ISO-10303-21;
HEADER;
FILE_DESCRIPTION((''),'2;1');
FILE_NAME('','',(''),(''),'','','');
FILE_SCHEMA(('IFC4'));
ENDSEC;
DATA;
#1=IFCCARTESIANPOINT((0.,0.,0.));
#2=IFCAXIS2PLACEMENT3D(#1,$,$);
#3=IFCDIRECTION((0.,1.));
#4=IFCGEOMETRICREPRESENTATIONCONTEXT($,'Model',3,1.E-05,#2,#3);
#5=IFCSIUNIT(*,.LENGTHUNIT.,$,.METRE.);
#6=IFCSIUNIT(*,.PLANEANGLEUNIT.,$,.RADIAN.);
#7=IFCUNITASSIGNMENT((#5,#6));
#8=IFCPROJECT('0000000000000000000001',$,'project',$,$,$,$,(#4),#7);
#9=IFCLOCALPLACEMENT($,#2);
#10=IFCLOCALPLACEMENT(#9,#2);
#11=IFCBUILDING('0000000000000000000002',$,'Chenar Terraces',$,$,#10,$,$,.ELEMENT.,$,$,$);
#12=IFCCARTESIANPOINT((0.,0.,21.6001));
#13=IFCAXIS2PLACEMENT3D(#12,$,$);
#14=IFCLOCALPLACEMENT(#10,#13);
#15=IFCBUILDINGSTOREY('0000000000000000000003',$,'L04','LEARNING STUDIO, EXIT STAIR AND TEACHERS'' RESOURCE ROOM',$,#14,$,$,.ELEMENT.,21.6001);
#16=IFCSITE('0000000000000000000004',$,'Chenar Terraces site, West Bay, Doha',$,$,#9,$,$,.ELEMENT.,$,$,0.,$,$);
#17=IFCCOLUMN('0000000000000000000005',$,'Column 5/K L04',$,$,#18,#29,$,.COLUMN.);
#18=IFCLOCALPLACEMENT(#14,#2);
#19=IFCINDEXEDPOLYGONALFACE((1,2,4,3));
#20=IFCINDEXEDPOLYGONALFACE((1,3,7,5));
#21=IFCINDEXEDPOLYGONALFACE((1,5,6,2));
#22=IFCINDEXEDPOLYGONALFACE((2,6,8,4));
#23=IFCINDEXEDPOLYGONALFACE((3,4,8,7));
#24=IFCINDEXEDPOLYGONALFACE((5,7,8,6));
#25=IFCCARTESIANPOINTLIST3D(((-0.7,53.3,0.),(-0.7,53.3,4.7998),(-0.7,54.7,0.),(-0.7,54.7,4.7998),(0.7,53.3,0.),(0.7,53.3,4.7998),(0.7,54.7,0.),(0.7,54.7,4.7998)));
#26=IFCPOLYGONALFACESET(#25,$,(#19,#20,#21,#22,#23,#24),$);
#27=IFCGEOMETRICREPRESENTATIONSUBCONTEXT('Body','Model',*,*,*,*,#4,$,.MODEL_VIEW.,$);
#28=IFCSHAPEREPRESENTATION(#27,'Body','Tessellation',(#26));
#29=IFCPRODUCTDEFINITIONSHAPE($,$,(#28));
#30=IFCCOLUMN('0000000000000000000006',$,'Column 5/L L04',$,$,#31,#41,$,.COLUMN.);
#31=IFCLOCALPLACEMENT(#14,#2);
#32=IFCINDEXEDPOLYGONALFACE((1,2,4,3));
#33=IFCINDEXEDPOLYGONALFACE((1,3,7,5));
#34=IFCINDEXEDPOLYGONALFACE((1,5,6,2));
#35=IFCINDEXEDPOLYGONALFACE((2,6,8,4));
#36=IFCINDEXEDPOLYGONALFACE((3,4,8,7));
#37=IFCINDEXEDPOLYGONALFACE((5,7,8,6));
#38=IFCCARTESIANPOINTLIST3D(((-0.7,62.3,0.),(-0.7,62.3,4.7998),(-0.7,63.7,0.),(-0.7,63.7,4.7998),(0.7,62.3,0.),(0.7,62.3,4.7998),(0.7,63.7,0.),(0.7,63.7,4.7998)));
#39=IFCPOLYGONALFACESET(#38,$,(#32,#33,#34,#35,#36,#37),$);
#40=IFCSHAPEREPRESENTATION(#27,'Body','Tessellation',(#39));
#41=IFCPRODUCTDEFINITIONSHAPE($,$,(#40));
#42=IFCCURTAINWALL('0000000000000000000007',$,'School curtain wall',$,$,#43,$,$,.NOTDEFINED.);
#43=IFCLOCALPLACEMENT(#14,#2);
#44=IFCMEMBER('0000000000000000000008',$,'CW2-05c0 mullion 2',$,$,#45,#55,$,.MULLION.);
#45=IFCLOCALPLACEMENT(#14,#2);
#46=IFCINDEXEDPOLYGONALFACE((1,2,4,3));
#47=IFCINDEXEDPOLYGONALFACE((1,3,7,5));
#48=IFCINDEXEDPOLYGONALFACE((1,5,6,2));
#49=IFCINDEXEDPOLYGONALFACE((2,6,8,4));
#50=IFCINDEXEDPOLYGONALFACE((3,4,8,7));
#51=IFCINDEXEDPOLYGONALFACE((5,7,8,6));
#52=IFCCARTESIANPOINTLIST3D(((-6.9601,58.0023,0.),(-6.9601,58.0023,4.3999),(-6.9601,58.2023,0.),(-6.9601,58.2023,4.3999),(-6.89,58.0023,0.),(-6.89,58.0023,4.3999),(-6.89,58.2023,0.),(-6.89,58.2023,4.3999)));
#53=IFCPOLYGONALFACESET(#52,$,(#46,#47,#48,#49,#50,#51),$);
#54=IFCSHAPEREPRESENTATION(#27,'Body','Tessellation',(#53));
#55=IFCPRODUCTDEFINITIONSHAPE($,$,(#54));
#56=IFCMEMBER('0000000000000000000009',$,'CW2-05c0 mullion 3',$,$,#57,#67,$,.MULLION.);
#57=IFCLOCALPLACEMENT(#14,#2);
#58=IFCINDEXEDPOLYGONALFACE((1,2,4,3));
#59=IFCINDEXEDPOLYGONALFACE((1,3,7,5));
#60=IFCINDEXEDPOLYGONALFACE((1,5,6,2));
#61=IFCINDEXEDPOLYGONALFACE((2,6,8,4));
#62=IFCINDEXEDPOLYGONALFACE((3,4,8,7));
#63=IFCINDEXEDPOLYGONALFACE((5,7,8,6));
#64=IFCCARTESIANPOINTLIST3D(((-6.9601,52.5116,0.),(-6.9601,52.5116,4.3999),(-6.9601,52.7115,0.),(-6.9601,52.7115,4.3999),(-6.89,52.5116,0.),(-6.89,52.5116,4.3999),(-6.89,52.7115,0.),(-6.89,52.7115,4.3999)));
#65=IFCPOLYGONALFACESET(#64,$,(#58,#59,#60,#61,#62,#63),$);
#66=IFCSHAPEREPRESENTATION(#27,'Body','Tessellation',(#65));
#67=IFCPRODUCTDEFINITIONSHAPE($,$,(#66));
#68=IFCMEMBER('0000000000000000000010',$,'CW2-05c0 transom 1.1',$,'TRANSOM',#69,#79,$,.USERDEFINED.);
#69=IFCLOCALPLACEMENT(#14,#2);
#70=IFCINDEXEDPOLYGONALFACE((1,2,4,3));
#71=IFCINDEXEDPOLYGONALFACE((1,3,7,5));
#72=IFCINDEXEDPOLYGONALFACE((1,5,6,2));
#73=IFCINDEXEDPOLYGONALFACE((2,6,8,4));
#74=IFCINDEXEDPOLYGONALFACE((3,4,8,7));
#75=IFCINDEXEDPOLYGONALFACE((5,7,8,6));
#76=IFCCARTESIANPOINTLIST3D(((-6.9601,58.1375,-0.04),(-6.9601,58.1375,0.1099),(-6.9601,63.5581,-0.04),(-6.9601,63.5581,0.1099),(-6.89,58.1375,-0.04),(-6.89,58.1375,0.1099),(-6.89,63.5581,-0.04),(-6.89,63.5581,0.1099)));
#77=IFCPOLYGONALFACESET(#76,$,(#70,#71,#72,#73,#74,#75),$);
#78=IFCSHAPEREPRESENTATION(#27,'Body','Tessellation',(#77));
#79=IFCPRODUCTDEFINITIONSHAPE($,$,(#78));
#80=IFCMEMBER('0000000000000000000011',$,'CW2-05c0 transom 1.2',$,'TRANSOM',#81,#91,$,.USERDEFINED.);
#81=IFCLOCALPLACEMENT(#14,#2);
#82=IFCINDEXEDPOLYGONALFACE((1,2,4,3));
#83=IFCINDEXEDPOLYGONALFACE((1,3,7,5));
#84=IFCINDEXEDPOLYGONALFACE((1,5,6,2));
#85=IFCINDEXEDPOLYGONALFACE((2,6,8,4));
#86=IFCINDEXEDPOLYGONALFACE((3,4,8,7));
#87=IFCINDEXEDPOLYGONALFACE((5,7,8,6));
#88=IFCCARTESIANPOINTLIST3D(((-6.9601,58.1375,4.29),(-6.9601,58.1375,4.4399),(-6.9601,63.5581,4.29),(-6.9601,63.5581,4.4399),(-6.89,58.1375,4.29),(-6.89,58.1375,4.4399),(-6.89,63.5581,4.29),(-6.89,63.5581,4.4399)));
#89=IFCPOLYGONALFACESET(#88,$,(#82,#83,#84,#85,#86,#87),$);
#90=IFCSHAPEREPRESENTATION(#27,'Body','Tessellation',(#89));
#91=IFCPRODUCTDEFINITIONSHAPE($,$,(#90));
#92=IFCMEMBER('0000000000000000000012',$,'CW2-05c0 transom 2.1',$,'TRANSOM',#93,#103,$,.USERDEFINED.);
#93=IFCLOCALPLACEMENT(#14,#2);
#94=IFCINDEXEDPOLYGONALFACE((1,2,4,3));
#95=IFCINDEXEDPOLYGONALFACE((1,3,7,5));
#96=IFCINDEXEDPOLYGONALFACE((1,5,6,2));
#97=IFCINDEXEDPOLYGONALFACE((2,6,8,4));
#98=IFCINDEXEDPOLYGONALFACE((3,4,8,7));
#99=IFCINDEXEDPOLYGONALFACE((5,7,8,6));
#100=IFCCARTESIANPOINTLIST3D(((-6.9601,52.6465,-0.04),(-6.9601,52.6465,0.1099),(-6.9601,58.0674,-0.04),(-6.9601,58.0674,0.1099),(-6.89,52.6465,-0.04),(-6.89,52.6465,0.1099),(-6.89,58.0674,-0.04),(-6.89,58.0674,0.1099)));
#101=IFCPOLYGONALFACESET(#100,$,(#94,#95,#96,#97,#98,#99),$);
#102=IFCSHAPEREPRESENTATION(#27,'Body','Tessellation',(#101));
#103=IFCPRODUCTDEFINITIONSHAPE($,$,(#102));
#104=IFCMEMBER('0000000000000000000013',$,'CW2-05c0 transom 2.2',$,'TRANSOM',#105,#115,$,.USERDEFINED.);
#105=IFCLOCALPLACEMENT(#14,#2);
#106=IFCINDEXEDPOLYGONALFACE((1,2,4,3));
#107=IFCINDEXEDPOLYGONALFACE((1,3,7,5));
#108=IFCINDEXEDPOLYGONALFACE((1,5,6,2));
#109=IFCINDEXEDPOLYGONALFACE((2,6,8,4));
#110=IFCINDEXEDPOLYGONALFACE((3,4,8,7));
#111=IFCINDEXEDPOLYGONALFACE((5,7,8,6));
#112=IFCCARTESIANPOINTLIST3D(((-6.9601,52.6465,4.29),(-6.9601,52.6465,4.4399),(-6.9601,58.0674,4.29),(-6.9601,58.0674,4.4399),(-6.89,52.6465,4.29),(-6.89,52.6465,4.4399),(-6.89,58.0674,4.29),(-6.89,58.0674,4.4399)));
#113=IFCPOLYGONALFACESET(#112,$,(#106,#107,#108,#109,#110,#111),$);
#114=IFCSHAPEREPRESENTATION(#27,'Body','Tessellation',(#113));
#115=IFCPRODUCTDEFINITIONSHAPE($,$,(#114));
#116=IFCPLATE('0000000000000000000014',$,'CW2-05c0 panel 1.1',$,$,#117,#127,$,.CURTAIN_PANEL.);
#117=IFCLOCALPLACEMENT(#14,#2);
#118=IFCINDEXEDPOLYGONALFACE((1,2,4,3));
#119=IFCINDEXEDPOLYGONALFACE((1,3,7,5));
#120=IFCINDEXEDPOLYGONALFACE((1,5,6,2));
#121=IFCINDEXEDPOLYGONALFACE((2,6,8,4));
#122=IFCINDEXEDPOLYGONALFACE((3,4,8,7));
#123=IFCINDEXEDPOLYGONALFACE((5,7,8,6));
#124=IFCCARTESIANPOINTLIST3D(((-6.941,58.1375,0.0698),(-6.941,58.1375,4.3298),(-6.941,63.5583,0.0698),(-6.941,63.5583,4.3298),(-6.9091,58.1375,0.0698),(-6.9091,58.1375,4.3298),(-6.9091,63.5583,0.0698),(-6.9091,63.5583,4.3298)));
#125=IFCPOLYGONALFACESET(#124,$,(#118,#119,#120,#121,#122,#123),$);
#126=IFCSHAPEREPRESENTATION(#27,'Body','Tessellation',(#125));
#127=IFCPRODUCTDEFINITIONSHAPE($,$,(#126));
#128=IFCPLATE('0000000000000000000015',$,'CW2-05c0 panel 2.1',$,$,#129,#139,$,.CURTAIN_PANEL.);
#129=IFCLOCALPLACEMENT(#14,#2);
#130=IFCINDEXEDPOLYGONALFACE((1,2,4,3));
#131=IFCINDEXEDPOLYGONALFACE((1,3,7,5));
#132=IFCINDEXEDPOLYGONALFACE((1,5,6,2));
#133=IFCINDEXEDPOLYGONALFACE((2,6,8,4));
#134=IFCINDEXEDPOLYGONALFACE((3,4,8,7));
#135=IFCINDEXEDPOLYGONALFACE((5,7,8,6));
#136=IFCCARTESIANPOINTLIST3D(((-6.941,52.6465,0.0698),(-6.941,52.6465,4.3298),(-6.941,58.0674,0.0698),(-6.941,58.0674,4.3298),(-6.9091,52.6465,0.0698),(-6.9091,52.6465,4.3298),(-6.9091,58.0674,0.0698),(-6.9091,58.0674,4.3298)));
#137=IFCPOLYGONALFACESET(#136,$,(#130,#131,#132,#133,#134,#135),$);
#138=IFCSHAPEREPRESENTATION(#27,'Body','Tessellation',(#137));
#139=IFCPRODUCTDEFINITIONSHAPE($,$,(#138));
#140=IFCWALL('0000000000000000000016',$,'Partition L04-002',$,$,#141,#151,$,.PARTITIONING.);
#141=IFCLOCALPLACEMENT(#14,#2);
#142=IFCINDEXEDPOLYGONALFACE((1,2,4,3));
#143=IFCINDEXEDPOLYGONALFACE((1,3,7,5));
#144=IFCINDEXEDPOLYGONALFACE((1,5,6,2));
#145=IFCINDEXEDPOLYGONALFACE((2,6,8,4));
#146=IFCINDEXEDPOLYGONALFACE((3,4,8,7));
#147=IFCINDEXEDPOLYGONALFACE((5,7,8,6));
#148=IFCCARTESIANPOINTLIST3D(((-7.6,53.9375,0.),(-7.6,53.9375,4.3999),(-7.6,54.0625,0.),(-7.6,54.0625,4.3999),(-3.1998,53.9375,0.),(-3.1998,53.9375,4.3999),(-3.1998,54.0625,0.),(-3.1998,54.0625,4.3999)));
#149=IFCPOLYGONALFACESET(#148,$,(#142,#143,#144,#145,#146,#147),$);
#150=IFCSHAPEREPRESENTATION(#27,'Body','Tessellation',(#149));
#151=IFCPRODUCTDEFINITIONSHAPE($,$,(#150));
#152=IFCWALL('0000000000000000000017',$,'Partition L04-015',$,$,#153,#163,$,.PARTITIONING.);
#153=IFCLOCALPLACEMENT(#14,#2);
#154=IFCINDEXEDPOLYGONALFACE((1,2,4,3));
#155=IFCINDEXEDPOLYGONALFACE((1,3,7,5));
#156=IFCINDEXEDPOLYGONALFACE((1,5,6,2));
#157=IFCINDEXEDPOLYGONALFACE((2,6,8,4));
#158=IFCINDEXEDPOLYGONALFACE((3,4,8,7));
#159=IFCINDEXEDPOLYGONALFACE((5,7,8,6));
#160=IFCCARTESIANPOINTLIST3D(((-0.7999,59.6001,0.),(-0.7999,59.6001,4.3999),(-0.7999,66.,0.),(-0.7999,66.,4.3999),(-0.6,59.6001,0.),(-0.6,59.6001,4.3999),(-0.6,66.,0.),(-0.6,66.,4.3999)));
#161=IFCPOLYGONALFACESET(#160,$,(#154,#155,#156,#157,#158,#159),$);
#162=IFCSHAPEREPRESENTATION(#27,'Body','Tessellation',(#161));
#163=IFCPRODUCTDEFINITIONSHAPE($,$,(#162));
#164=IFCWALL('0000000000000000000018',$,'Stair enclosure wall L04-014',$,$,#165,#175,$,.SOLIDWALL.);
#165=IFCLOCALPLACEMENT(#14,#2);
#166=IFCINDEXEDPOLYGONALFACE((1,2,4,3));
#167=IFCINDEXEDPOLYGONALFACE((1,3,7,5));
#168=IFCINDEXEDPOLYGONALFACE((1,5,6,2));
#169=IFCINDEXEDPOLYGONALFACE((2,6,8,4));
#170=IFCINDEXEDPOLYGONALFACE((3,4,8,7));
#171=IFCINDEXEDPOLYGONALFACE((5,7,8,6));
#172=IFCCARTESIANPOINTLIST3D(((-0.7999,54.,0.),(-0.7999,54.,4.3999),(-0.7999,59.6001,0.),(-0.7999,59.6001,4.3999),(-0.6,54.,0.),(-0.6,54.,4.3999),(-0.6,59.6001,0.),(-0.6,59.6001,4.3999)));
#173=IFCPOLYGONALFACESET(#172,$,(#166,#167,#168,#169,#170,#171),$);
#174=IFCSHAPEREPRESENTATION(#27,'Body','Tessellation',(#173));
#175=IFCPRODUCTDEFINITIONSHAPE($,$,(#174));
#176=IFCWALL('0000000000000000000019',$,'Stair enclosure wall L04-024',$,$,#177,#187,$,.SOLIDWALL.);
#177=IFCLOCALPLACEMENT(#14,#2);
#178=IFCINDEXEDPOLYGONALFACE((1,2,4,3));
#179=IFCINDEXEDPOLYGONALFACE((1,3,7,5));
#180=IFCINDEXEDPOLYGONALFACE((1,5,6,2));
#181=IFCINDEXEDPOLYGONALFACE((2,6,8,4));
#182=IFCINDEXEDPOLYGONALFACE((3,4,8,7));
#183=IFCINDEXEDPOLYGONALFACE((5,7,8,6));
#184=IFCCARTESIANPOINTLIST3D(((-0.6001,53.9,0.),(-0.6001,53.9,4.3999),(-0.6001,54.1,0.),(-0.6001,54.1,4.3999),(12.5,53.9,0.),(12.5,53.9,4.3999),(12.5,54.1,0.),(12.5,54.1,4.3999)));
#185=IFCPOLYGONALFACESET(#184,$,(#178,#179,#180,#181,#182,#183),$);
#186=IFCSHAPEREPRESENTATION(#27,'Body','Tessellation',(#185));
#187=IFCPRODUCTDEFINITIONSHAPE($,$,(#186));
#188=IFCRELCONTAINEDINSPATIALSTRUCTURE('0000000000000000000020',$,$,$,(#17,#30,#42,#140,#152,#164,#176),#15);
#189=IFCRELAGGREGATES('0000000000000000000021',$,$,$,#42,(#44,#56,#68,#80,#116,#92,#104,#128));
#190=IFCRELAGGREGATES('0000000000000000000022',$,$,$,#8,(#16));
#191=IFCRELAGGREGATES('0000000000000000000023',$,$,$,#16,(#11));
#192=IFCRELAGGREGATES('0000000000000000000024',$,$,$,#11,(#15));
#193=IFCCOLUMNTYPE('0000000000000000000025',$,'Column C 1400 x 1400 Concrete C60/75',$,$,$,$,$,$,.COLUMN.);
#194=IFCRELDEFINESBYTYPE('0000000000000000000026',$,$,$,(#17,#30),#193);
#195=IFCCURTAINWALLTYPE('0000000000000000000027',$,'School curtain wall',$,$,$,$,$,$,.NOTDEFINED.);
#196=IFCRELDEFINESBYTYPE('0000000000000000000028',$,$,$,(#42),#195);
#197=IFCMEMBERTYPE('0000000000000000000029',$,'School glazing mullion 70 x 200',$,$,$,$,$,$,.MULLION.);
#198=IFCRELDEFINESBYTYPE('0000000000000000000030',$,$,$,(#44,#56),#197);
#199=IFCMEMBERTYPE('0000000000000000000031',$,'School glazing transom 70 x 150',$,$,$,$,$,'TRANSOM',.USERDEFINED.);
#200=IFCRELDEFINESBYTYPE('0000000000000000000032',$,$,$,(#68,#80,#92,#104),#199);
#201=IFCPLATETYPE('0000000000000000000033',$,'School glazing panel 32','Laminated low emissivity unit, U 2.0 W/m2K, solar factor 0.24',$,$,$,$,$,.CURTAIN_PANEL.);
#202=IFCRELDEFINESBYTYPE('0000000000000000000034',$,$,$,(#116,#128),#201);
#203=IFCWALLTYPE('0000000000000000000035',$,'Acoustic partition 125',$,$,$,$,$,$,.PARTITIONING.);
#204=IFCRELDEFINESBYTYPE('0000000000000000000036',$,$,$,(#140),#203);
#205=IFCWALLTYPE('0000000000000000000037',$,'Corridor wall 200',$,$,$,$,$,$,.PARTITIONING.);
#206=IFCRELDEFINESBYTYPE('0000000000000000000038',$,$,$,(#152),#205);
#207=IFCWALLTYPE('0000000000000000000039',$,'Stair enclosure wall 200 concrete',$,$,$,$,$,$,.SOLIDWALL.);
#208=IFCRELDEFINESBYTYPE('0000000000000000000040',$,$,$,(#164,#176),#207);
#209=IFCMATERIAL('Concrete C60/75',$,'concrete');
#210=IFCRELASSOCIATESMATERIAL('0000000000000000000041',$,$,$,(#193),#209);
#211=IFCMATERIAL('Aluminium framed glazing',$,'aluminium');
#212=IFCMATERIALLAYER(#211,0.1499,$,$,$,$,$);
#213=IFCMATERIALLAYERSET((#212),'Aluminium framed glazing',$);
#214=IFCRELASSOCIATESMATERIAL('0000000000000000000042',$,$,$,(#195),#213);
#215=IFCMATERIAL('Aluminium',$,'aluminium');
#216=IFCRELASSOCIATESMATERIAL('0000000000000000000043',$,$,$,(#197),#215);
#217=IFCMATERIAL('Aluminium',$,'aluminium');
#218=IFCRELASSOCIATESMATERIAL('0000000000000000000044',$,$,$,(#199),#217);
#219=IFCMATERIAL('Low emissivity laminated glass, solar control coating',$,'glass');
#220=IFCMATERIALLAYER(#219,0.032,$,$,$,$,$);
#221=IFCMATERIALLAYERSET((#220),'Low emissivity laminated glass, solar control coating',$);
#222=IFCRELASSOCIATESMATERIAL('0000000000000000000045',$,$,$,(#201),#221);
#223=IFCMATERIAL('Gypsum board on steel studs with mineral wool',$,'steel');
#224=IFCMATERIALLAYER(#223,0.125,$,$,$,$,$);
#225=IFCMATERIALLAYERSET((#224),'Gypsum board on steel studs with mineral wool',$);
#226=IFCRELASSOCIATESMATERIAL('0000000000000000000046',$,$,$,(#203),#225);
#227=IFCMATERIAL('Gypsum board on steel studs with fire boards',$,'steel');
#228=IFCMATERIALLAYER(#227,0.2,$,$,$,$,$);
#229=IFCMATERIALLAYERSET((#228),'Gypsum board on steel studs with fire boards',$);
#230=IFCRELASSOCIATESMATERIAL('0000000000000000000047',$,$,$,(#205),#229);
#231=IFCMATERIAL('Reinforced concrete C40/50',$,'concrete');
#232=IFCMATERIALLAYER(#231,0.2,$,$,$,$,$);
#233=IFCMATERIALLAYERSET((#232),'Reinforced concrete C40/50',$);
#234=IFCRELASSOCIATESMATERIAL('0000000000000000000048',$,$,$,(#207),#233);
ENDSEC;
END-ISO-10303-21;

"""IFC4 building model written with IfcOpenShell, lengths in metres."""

from ifc_helpers import new_model, si_unit, direction, frame, frame_2d, origin, origin_2d, place, context, subcontext, project, spatial, rectangle, extrude, material, layer, layer_set, material_profile, profile_set, type_object, element, aggregate, save


model = new_model("IFC4")

# Units and contexts
model_context = context("Model", 3, precision=1e-05, world=origin(), true_north=direction((0.0, 1.0)))
body_context = subcontext(model_context, "Body", "Model", "MODEL_VIEW")
ifc_project = project(units=[si_unit("LENGTHUNIT", "METRE"), si_unit("PLANEANGLEUNIT", "RADIAN")], contexts=[model_context])

# Site, building, storey
site_placement = place(None, origin())
site = spatial("IfcSite", under=ifc_project, at=site_placement, Name="Chenar Terraces site, West Bay, Doha", CompositionType="ELEMENT", RefElevation=0.0)
building_placement = place(site_placement, origin())
building = spatial("IfcBuilding", under=site, at=building_placement, Name="Chenar Terraces", CompositionType="ELEMENT")
storey_placement = place(building_placement, frame((0.0, 0.0, 21.6001)))
storey = spatial("IfcBuildingStorey", under=building, at=storey_placement, Name="L04", Description="LEARNING STUDIO, EXIT STAIR AND TEACHERS' RESOURCE ROOM", CompositionType="ELEMENT", Elevation=21.6001)

# Columns
ifc_material_1 = material(Name="Concrete C60/75", Category="concrete")
ifc_material_profile_1 = material_profile(ifc_material_1, rectangle(XDim=1.3999, YDim=1.3999, at=origin_2d()), Name="C 1400 x 1400")
ifc_profile_set_1 = profile_set([ifc_material_profile_1], Name="Concrete C60/75")
column_type = type_object("IfcColumnType", Name="Column C 1400 x 1400 Concrete C60/75", PredefinedType="COLUMN", material=ifc_profile_set_1)
for number, where, z_axis, x_axis, name in (
    (1, (0.0, 54.0, 0.0), (0.0, 0.0, 1.0), (1.0, 0.0, 0.0), "Column 5/K L04"),
    (2, (0.0, 63.0, 0.0), (0.0, 0.0, 1.0), (1.0, 0.0, 0.0), "Column 5/L L04"),
):
    element("IfcColumn", number, at=place(storey_placement, frame(where, z_axis=z_axis, x_axis=x_axis)), inside=storey, type_object=column_type, Name=name, PredefinedType="COLUMN", context=body_context, shape_type="SweptSolid", body=[
        extrude(rectangle(XDim=1.3999, YDim=1.3999, at=origin_2d()), origin(), (0.0, 0.0, 1.0), 4.7998),
    ])

# Curtain wall, members, plates
ifc_material_2 = material(Name="Aluminium framed glazing", Category="aluminium")
ifc_layer_1 = layer(ifc_material_2, 0.1499)
ifc_layer_set_1 = layer_set([ifc_layer_1], Name="Aluminium framed glazing")
curtain_wall_type = type_object("IfcCurtainWallType", Name="School curtain wall", PredefinedType="NOTDEFINED", material=ifc_layer_set_1)
curtain_wall_placement = place(storey_placement, origin())
curtain_wall = element("IfcCurtainWall", 3, at=curtain_wall_placement, inside=storey, type_object=curtain_wall_type, Name="School curtain wall", PredefinedType="NOTDEFINED")
ifc_material_3 = material(Name="Aluminium", Category="aluminium")
ifc_material_profile_2 = material_profile(ifc_material_3, rectangle(XDim=0.0701, YDim=0.2, at=origin_2d()), Name="School glazing mullion 70 x 200")
ifc_profile_set_2 = profile_set([ifc_material_profile_2], Name="Aluminium")
member_type_1 = type_object("IfcMemberType", Name="School glazing mullion 70 x 200", PredefinedType="MULLION", material=ifc_profile_set_2)
member_1_placement = place(storey_placement, frame((-6.925, 58.1023, 0.0), z_axis=(0.0, 0.0, 1.0), x_axis=(1.0, 0.0, 0.0)))
member_1 = element("IfcMember", 4, at=member_1_placement, type_object=member_type_1, Name="CW2-05c0 mullion 2", PredefinedType="MULLION", context=body_context, shape_type="SweptSolid", body=[
    extrude(rectangle(XDim=0.0701, YDim=0.2, at=origin_2d()), origin(), (0.0, 0.0, 1.0), 4.3999),
])
member_2_placement = place(storey_placement, frame((-6.925, 52.6116, 0.0), z_axis=(0.0, 0.0, 1.0), x_axis=(1.0, 0.0, 0.0)))
member_2 = element("IfcMember", 5, at=member_2_placement, type_object=member_type_1, Name="CW2-05c0 mullion 3", PredefinedType="MULLION", context=body_context, shape_type="SweptSolid", body=[
    extrude(rectangle(XDim=0.0701, YDim=0.2, at=origin_2d()), origin(), (0.0, 0.0, 1.0), 4.3999),
])
ifc_material_4 = material(Name="Aluminium", Category="aluminium")
ifc_material_profile_3 = material_profile(ifc_material_4, rectangle(XDim=0.0701, YDim=0.1499, at=origin_2d()), Name="School glazing transom 70 x 150")
ifc_profile_set_3 = profile_set([ifc_material_profile_3], Name="Aluminium")
member_type_2 = type_object("IfcMemberType", Name="School glazing transom 70 x 150", ElementType="TRANSOM", PredefinedType="USERDEFINED", material=ifc_profile_set_3)
member_3_placement = place(storey_placement, frame((-6.925, 63.5581, 0.0349), z_axis=(0.0, -1.0, 0.0), x_axis=(1.0, 0.0, 0.0)))
member_3 = element("IfcMember", 6, at=member_3_placement, type_object=member_type_2, Name="CW2-05c0 transom 1.1", ObjectType="TRANSOM", PredefinedType="USERDEFINED", context=body_context, shape_type="SweptSolid", body=[
    extrude(rectangle(XDim=0.0701, YDim=0.1499, at=origin_2d()), origin(), (0.0, 0.0, 1.0), 5.4207),
])
member_4_placement = place(storey_placement, frame((-6.925, 63.5581, 4.365), z_axis=(0.0, -1.0, 0.0), x_axis=(1.0, 0.0, 0.0)))
member_4 = element("IfcMember", 7, at=member_4_placement, type_object=member_type_2, Name="CW2-05c0 transom 1.2", ObjectType="TRANSOM", PredefinedType="USERDEFINED", context=body_context, shape_type="SweptSolid", body=[
    extrude(rectangle(XDim=0.0701, YDim=0.1499, at=origin_2d()), origin(), (0.0, 0.0, 1.0), 5.4207),
])
member_5_placement = place(storey_placement, frame((-6.925, 58.0674, 0.0349), z_axis=(0.0, -1.0, 0.0), x_axis=(1.0, 0.0, 0.0)))
member_5 = element("IfcMember", 8, at=member_5_placement, type_object=member_type_2, Name="CW2-05c0 transom 2.1", ObjectType="TRANSOM", PredefinedType="USERDEFINED", context=body_context, shape_type="SweptSolid", body=[
    extrude(rectangle(XDim=0.0701, YDim=0.1499, at=origin_2d()), origin(), (0.0, 0.0, 1.0), 5.4209),
])
member_6_placement = place(storey_placement, frame((-6.925, 58.0674, 4.365), z_axis=(0.0, -1.0, 0.0), x_axis=(1.0, 0.0, 0.0)))
member_6 = element("IfcMember", 9, at=member_6_placement, type_object=member_type_2, Name="CW2-05c0 transom 2.2", ObjectType="TRANSOM", PredefinedType="USERDEFINED", context=body_context, shape_type="SweptSolid", body=[
    extrude(rectangle(XDim=0.0701, YDim=0.1499, at=origin_2d()), origin(), (0.0, 0.0, 1.0), 5.4209),
])
ifc_material_5 = material(Name="Low emissivity laminated glass, solar control coating", Category="glass")
ifc_layer_2 = layer(ifc_material_5, 0.032)
ifc_layer_set_2 = layer_set([ifc_layer_2], Name="Low emissivity laminated glass, solar control coating")
plate_type = type_object("IfcPlateType", Name="School glazing panel 32", Description="Laminated low emissivity unit, U 2.0 W/m2K, solar factor 0.24", PredefinedType="CURTAIN_PANEL", material=ifc_layer_set_2)
plate_1_placement = place(storey_placement, frame((-6.925, 60.8479, 0.0698), z_axis=(0.0, 0.0, 1.0), x_axis=(0.0, -1.0, 0.0)))
plate_1 = element("IfcPlate", 10, at=plate_1_placement, type_object=plate_type, Name="CW2-05c0 panel 1.1", PredefinedType="CURTAIN_PANEL", context=body_context, shape_type="SweptSolid", body=[
    extrude(rectangle(XDim=5.4209, YDim=0.032, at=origin_2d()), origin(), (0.0, 0.0, 1.0), 4.26),
])
plate_2_placement = place(storey_placement, frame((-6.925, 55.3569, 0.0698), z_axis=(0.0, 0.0, 1.0), x_axis=(0.0, -1.0, 0.0)))
plate_2 = element("IfcPlate", 11, at=plate_2_placement, type_object=plate_type, Name="CW2-05c0 panel 2.1", PredefinedType="CURTAIN_PANEL", context=body_context, shape_type="SweptSolid", body=[
    extrude(rectangle(XDim=5.4209, YDim=0.032, at=origin_2d()), origin(), (0.0, 0.0, 1.0), 4.26),
])
aggregate(curtain_wall, [member_1, member_2, member_3, member_4, plate_1, member_5, member_6, plate_2])

# Walls
ifc_material_6 = material(Name="Gypsum board on steel studs with mineral wool", Category="steel")
ifc_layer_3 = layer(ifc_material_6, 0.125)
ifc_layer_set_3 = layer_set([ifc_layer_3], Name="Gypsum board on steel studs with mineral wool")
wall_type_1 = type_object("IfcWallType", Name="Acoustic partition 125", PredefinedType="PARTITIONING", material=ifc_layer_set_3)
wall_1_placement = place(storey_placement, frame((-7.6001, 54.0, 0.0), z_axis=(0.0, 0.0, 1.0), x_axis=(1.0, 0.0, 0.0)))
element("IfcWall", 12, at=wall_1_placement, inside=storey, type_object=wall_type_1, Name="Partition L04-002", PredefinedType="PARTITIONING", context=body_context, shape_type="SweptSolid", body=[
    extrude(rectangle(XDim=4.4001, YDim=0.125, at=frame_2d((2.2002, 0.0))), origin(), (0.0, 0.0, 1.0), 4.3999),
])
ifc_material_7 = material(Name="Gypsum board on steel studs with fire boards", Category="steel")
ifc_layer_4 = layer(ifc_material_7, 0.2)
ifc_layer_set_4 = layer_set([ifc_layer_4], Name="Gypsum board on steel studs with fire boards")
wall_type_2 = type_object("IfcWallType", Name="Corridor wall 200", PredefinedType="PARTITIONING", material=ifc_layer_set_4)
wall_2_placement = place(storey_placement, frame((-0.7, 59.6001, 0.0), z_axis=(0.0, 0.0, 1.0), x_axis=(0.0, 1.0, 0.0)))
element("IfcWall", 13, at=wall_2_placement, inside=storey, type_object=wall_type_2, Name="Partition L04-015", PredefinedType="PARTITIONING", context=body_context, shape_type="SweptSolid", body=[
    extrude(rectangle(XDim=6.3999, YDim=0.2, at=frame_2d((3.2, 0.0))), origin(), (0.0, 0.0, 1.0), 4.3999),
])

# Walls
ifc_material_8 = material(Name="Reinforced concrete C40/50", Category="concrete")
ifc_layer_5 = layer(ifc_material_8, 0.2)
ifc_layer_set_5 = layer_set([ifc_layer_5], Name="Reinforced concrete C40/50")
wall_type_3 = type_object("IfcWallType", Name="Stair enclosure wall 200 concrete", PredefinedType="SOLIDWALL", material=ifc_layer_set_5)
wall_3_placement = place(storey_placement, frame((-0.7, 54.0, 0.0), z_axis=(0.0, 0.0, 1.0), x_axis=(0.0, 1.0, 0.0)))
element("IfcWall", 14, at=wall_3_placement, inside=storey, type_object=wall_type_3, Name="Stair enclosure wall L04-014", PredefinedType="SOLIDWALL", context=body_context, shape_type="SweptSolid", body=[
    extrude(rectangle(XDim=5.6001, YDim=0.2, at=frame_2d((2.8, 0.0))), origin(), (0.0, 0.0, 1.0), 4.3999),
])
for number, where, z_axis, x_axis, name in (
    (15, (-0.6001, 54.0, 0.0), (0.0, 0.0, 1.0), (1.0, 0.0, 0.0), "Stair enclosure wall L04-024"),
):
    element("IfcWall", number, at=place(storey_placement, frame(where, z_axis=z_axis, x_axis=x_axis)), inside=storey, type_object=wall_type_3, Name=name, PredefinedType="SOLIDWALL", context=body_context, shape_type="SweptSolid", body=[
        extrude(rectangle(XDim=13.1001, YDim=0.2, at=frame_2d((6.55, 0.0))), origin(), (0.0, 0.0, 1.0), 4.3999),
    ])

save(model, "model.ifc")
